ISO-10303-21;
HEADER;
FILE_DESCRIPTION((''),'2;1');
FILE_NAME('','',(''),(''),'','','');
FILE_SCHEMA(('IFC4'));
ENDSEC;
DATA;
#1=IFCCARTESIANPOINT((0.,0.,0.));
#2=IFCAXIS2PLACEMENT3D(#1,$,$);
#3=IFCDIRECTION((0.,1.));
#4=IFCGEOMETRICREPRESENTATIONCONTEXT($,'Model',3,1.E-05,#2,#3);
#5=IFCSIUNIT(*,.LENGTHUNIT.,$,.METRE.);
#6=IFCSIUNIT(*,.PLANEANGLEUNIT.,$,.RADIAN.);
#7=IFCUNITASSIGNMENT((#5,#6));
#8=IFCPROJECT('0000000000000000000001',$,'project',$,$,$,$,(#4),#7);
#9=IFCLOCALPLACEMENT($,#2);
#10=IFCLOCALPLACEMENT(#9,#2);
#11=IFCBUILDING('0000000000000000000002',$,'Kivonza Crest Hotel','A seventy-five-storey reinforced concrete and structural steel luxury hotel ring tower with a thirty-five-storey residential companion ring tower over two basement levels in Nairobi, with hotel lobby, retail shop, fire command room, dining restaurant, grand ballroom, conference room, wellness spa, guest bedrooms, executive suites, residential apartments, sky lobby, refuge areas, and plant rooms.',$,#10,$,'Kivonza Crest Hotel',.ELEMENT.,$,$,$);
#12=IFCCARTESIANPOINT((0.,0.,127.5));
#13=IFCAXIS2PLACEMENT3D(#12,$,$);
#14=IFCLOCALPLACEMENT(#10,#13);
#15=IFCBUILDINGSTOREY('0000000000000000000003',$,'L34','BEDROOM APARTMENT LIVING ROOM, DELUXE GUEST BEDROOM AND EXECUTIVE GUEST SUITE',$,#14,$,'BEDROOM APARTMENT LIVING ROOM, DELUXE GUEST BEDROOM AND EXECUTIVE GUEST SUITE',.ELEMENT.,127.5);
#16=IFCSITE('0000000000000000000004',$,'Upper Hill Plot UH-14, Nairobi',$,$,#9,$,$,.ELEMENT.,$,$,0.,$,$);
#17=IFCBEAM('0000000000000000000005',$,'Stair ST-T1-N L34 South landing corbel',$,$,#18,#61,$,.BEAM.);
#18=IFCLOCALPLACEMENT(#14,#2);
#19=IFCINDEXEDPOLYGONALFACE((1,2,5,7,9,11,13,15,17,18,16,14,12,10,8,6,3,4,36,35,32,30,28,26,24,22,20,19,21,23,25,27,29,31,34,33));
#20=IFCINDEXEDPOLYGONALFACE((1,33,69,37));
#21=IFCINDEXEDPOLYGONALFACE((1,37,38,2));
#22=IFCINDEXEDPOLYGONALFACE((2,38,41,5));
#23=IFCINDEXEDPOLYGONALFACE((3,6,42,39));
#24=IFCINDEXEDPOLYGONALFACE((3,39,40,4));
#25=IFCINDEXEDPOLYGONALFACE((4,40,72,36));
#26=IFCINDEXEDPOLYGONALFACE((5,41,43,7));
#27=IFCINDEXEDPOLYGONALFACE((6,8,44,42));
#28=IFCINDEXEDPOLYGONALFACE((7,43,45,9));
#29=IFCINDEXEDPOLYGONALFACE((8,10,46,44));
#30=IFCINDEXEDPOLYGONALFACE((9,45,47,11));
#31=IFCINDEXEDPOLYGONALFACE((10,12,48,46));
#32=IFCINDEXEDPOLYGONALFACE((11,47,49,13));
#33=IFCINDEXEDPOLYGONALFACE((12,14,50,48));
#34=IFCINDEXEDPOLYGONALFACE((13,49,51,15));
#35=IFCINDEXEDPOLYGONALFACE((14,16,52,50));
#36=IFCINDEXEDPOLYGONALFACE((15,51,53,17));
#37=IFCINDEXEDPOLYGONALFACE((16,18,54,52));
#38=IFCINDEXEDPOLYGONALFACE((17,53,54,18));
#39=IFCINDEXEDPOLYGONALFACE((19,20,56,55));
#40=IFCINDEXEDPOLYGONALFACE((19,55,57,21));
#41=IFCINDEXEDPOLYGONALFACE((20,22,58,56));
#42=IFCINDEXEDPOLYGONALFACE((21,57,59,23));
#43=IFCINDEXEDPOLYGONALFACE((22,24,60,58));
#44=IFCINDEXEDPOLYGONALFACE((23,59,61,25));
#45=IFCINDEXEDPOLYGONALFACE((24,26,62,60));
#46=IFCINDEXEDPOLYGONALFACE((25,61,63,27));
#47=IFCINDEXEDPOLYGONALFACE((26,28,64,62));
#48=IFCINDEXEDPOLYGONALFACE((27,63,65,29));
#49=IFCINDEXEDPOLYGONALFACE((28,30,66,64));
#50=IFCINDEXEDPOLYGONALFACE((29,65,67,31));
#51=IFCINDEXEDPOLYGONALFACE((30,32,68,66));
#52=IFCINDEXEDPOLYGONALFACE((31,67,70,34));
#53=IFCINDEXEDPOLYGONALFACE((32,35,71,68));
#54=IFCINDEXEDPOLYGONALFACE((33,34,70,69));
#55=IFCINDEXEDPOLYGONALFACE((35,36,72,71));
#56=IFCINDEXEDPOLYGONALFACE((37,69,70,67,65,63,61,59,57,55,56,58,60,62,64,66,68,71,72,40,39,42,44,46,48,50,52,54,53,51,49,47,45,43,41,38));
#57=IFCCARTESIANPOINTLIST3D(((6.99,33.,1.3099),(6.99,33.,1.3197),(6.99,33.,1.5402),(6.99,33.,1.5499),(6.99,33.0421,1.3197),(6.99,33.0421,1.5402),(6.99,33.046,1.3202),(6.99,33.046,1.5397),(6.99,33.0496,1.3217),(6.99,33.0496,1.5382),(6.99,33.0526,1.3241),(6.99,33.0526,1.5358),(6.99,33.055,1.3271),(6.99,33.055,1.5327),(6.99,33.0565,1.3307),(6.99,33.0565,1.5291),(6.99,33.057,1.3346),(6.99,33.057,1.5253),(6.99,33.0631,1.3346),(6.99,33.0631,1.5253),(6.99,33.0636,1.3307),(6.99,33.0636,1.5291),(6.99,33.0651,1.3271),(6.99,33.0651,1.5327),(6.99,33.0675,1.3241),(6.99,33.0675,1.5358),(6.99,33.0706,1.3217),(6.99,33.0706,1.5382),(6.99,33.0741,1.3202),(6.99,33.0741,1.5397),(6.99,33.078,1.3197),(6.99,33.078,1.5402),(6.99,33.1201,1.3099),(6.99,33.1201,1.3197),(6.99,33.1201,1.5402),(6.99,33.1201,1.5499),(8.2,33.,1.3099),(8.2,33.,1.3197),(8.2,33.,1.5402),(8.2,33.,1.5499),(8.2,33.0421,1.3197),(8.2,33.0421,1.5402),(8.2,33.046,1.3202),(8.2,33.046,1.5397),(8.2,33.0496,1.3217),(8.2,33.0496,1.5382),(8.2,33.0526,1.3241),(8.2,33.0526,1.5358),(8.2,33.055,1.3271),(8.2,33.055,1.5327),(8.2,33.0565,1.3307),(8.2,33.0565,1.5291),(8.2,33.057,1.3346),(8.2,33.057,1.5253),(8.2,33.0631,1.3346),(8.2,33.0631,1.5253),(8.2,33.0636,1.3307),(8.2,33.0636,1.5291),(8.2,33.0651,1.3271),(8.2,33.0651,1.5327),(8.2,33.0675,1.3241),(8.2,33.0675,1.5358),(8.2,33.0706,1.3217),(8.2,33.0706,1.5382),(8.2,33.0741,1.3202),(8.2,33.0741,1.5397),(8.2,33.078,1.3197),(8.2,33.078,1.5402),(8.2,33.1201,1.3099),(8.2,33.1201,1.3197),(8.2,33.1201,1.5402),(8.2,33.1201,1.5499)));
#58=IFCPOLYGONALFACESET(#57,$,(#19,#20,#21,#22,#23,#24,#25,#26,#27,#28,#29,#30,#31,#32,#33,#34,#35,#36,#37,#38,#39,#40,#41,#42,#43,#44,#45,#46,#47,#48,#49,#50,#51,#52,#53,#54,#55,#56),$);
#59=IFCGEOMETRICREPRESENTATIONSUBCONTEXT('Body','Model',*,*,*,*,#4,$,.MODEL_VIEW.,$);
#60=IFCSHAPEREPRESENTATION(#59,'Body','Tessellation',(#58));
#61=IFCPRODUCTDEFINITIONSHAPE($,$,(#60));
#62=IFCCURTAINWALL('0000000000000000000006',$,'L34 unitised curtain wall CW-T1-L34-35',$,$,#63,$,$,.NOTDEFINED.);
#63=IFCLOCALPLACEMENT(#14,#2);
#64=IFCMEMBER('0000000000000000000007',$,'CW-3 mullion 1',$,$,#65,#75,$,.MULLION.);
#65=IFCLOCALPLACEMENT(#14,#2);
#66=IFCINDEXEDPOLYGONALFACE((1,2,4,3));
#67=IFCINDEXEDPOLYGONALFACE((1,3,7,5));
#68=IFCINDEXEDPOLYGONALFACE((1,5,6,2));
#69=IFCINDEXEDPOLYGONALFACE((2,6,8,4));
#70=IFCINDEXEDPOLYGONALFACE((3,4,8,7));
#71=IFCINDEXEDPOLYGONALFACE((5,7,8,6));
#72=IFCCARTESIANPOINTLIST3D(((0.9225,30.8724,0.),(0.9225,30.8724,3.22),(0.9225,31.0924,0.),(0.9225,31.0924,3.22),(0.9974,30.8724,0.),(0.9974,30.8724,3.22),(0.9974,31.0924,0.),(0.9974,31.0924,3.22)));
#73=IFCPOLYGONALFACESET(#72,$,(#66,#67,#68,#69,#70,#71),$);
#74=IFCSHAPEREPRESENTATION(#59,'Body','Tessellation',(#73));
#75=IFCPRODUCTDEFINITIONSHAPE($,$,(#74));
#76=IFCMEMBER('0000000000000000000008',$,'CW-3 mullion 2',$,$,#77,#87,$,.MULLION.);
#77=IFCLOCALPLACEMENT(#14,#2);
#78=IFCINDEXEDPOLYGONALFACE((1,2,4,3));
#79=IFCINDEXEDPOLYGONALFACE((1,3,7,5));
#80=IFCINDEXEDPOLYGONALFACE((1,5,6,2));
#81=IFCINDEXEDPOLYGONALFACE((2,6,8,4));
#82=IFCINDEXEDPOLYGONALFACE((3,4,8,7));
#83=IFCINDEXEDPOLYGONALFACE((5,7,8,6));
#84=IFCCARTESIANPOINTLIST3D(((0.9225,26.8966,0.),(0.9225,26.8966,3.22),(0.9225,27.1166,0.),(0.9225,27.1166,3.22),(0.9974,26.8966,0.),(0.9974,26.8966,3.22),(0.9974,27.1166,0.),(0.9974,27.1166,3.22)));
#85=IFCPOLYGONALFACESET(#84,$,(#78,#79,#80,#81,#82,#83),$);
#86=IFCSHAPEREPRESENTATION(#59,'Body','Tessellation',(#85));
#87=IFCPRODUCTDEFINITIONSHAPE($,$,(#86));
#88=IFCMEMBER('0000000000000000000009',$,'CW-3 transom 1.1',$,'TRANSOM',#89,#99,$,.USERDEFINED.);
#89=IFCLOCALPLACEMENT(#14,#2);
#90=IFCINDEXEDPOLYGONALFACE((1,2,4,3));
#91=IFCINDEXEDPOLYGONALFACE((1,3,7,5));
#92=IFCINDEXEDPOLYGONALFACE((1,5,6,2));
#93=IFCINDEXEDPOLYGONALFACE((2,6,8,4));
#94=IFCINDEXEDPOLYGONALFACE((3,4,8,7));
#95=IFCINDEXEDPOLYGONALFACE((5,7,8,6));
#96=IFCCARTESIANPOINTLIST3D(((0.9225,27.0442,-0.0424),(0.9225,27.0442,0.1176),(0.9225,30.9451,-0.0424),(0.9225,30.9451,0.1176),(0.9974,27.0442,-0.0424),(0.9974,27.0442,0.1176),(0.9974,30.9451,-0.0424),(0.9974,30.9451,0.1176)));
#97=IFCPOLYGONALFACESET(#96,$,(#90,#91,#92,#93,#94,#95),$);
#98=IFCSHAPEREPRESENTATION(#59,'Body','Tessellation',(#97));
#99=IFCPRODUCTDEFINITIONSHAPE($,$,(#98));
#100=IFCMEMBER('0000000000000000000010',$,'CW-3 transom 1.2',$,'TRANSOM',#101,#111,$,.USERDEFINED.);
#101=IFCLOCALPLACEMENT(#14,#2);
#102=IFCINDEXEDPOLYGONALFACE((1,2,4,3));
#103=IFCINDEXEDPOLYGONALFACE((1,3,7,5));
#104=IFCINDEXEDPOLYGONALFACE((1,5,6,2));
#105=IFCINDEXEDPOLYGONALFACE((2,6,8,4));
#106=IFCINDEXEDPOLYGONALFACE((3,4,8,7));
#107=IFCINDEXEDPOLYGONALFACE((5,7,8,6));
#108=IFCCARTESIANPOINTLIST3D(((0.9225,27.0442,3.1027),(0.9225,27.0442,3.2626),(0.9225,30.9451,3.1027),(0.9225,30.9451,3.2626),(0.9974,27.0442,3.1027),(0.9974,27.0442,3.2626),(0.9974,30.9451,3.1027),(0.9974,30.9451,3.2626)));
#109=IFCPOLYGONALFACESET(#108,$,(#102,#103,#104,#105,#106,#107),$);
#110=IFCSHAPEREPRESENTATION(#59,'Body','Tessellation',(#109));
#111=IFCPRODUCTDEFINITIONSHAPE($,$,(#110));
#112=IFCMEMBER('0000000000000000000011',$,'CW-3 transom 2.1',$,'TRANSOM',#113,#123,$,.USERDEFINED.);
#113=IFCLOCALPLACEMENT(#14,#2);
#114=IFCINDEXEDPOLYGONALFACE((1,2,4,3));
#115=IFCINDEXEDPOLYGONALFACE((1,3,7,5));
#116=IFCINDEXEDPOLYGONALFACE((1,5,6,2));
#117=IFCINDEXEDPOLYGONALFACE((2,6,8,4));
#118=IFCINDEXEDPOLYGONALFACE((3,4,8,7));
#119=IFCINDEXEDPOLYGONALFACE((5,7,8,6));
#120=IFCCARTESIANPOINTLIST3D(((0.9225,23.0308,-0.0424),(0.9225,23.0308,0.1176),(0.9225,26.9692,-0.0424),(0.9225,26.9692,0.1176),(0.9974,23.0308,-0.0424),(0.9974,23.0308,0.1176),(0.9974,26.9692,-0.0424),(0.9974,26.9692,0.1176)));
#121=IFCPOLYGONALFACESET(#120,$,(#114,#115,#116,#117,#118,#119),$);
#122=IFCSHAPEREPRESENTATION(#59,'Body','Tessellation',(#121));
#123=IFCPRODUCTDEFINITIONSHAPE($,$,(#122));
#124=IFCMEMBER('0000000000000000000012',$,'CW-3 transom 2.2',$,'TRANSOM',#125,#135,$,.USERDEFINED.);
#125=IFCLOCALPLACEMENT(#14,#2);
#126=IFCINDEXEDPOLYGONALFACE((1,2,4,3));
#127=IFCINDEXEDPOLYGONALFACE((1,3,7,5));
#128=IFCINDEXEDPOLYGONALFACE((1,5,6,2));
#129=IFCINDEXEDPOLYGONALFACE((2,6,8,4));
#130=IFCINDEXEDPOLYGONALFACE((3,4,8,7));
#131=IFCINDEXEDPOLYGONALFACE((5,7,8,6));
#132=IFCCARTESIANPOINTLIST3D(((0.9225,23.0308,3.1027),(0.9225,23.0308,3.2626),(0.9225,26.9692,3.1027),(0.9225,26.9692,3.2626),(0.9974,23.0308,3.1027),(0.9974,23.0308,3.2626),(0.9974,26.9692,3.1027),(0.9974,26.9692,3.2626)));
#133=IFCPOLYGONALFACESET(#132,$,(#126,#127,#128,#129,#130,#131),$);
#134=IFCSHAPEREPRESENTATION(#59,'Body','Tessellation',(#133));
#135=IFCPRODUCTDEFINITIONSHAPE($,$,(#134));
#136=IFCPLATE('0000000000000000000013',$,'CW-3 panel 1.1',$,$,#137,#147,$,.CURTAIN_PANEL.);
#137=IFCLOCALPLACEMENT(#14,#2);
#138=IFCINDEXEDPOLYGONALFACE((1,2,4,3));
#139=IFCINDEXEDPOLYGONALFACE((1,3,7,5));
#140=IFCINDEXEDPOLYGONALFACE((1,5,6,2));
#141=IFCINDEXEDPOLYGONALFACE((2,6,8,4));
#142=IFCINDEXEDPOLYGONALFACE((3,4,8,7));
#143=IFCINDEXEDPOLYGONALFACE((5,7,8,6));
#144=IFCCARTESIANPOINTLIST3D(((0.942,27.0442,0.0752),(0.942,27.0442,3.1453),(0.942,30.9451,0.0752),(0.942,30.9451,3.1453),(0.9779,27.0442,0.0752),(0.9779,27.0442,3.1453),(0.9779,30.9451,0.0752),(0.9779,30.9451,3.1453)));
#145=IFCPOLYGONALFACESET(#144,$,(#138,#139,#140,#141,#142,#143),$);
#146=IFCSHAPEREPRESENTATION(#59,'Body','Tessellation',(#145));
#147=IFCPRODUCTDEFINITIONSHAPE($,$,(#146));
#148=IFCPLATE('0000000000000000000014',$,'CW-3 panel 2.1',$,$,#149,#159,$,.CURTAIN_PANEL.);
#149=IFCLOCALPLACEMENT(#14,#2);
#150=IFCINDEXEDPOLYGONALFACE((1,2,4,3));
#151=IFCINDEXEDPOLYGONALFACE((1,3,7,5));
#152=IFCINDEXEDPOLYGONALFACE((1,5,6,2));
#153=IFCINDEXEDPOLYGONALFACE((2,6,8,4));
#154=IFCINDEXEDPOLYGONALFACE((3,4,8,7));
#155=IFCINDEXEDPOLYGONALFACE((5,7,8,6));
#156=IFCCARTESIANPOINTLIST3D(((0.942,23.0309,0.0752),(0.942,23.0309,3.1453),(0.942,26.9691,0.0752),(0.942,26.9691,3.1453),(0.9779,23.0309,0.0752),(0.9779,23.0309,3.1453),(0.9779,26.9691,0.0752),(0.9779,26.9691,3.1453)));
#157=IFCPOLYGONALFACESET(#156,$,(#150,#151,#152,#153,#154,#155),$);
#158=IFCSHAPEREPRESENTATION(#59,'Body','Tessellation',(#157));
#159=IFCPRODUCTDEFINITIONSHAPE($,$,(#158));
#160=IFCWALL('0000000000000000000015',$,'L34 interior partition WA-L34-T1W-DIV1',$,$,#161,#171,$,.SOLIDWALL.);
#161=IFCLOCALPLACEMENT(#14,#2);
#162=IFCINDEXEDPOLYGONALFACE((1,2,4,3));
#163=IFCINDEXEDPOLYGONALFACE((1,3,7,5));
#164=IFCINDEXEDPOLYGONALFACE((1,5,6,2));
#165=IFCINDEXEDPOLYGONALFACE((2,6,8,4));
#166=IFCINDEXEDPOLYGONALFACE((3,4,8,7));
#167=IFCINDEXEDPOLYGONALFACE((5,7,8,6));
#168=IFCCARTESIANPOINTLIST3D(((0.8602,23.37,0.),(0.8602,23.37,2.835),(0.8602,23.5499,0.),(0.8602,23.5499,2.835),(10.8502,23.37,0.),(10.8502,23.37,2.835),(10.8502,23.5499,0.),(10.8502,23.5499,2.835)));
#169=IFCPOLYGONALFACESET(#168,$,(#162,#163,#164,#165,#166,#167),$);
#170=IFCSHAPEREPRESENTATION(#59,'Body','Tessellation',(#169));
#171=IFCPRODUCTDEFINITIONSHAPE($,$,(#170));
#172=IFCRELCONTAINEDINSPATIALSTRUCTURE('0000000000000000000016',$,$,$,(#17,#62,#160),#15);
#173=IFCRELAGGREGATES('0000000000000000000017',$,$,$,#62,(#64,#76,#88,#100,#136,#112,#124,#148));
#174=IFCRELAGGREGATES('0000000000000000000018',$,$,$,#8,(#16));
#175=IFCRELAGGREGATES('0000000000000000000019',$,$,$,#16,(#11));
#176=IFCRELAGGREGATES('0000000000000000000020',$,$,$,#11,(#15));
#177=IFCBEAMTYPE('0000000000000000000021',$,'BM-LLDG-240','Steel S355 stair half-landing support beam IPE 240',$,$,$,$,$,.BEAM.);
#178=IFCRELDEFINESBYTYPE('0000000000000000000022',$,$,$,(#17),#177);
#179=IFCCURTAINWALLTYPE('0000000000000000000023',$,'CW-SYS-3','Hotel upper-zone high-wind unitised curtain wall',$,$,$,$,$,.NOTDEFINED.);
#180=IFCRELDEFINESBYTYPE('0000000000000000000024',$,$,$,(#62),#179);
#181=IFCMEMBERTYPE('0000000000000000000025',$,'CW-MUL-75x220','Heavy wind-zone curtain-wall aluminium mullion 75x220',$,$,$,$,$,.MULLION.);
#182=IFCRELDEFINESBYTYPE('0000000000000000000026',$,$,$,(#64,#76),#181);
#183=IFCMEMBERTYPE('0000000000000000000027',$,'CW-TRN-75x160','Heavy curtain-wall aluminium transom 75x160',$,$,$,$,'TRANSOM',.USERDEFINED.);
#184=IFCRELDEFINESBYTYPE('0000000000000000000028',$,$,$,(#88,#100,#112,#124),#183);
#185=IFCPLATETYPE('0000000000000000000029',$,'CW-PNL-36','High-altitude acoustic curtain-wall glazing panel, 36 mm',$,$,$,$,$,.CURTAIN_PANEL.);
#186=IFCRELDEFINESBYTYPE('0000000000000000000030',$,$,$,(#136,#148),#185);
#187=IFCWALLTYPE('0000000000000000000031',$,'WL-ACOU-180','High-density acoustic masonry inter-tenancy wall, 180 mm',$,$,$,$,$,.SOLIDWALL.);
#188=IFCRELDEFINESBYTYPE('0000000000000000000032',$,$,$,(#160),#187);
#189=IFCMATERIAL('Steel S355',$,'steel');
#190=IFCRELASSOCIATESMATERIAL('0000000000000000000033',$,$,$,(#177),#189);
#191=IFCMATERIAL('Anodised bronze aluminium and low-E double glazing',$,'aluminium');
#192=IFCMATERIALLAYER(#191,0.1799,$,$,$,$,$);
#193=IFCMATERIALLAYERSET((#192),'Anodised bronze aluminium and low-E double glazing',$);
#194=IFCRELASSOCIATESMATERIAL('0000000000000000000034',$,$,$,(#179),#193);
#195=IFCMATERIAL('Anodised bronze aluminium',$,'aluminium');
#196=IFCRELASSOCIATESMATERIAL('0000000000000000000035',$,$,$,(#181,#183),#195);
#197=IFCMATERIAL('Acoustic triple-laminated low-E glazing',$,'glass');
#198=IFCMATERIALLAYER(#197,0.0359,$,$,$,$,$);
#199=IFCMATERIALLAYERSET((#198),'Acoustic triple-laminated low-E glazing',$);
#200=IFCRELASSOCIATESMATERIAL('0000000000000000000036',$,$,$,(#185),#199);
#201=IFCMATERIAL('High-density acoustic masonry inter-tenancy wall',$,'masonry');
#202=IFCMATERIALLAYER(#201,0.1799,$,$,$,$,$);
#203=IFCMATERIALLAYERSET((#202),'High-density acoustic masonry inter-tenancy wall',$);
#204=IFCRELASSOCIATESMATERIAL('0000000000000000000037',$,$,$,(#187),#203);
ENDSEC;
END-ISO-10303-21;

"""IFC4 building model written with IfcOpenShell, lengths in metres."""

from ifc_helpers import new_model, si_unit, direction, frame, frame_2d, origin, origin_2d, place, context, subcontext, project, spatial, rectangle, i_section, extrude, material, layer, layer_set, material_profile, profile_set, type_object, element, aggregate, save


model = new_model("IFC4")

# Units and contexts
model_context = context("Model", 3, precision=1e-05, world=origin(), true_north=direction((0.0, 1.0)))
body_context = subcontext(model_context, "Body", "Model", "MODEL_VIEW")
ifc_project = project(units=[si_unit("LENGTHUNIT", "METRE"), si_unit("PLANEANGLEUNIT", "RADIAN")], contexts=[model_context])

# Site, building, storey
site_placement = place(None, origin())
site = spatial("IfcSite", under=ifc_project, at=site_placement, Name="Upper Hill Plot UH-14, Nairobi", CompositionType="ELEMENT", RefElevation=0.0)
building_placement = place(site_placement, origin())
building = spatial("IfcBuilding", under=site, at=building_placement, Name="Kivonza Crest Hotel", Description="A seventy-five-storey reinforced concrete and structural steel luxury hotel ring tower with a thirty-five-storey residential companion ring tower over two basement levels in Nairobi, with hotel lobby, retail shop, fire command room, dining restaurant, grand ballroom, conference room, wellness spa, guest bedrooms, executive suites, residential apartments, sky lobby, refuge areas, and plant rooms.", LongName="Kivonza Crest Hotel", CompositionType="ELEMENT")
storey_placement = place(building_placement, frame((0.0, 0.0, 127.5)))
storey = spatial("IfcBuildingStorey", under=building, at=storey_placement, Name="L34", Description="BEDROOM APARTMENT LIVING ROOM, DELUXE GUEST BEDROOM AND EXECUTIVE GUEST SUITE", LongName="BEDROOM APARTMENT LIVING ROOM, DELUXE GUEST BEDROOM AND EXECUTIVE GUEST SUITE", CompositionType="ELEMENT", Elevation=127.5)

# Beam
ifc_material_1 = material(Name="Steel S355", Category="steel")
ifc_material_profile_1 = material_profile(ifc_material_1, i_section(OverallWidth=0.1201, OverallDepth=0.24, WebThickness=0.0061, FlangeThickness=0.0098, FilletRadius=0.0149, at=origin_2d()), Name="IPE 240")
ifc_profile_set_1 = profile_set([ifc_material_profile_1], Name="Steel S355")
beam_type_1 = type_object("IfcBeamType", Name="BM-LLDG-240", Description="Steel S355 stair half-landing support beam IPE 240", PredefinedType="BEAM", material=ifc_profile_set_1)
beam_1_placement = place(storey_placement, frame((6.99, 33.0601, 1.4299), z_axis=(1.0, 0.0, 0.0), x_axis=(0.0, 1.0, 0.0)))
element("IfcBeam", 1, at=beam_1_placement, inside=storey, type_object=beam_type_1, Name="Stair ST-T1-N L34 South landing corbel", PredefinedType="BEAM", context=body_context, shape_type="SweptSolid", body=[
    extrude(i_section(OverallWidth=0.1201, OverallDepth=0.24, WebThickness=0.0061, FlangeThickness=0.0098, FilletRadius=0.0149, at=origin_2d()), origin(), (0.0, 0.0, 1.0), 1.21),
])

# Curtain wall, members, plates
ifc_material_2 = material(Name="Anodised bronze aluminium and low-E double glazing", Category="aluminium")
ifc_layer_1 = layer(ifc_material_2, 0.1799)
ifc_layer_set_1 = layer_set([ifc_layer_1], Name="Anodised bronze aluminium and low-E double glazing")
curtain_wall_type = type_object("IfcCurtainWallType", Name="CW-SYS-3", Description="Hotel upper-zone high-wind unitised curtain wall", PredefinedType="NOTDEFINED", material=ifc_layer_set_1)
curtain_wall_placement = place(storey_placement, origin())
curtain_wall = element("IfcCurtainWall", 2, at=curtain_wall_placement, inside=storey, type_object=curtain_wall_type, Name="L34 unitised curtain wall CW-T1-L34-35", PredefinedType="NOTDEFINED")
ifc_material_3 = material(Name="Anodised bronze aluminium", Category="aluminium")
ifc_material_profile_2 = material_profile(ifc_material_3, rectangle(XDim=0.075, YDim=0.22, at=origin_2d()), Name="CW-M 75x220")
ifc_profile_set_2 = profile_set([ifc_material_profile_2], Name="Anodised bronze aluminium")
member_type_1 = type_object("IfcMemberType", Name="CW-MUL-75x220", Description="Heavy wind-zone curtain-wall aluminium mullion 75x220", PredefinedType="MULLION", material=ifc_profile_set_2)
member_1_placement = place(storey_placement, frame((0.96, 30.9824, 0.0), z_axis=(0.0, 0.0, 1.0), x_axis=(1.0, 0.0, 0.0)))
member_1 = element("IfcMember", 3, at=member_1_placement, type_object=member_type_1, Name="CW-3 mullion 1", PredefinedType="MULLION", context=body_context, shape_type="SweptSolid", body=[
    extrude(rectangle(XDim=0.075, YDim=0.22, at=origin_2d()), origin(), (0.0, 0.0, 1.0), 3.22),
])
member_2_placement = place(storey_placement, frame((0.96, 27.0066, 0.0), z_axis=(0.0, 0.0, 1.0), x_axis=(1.0, 0.0, 0.0)))
member_2 = element("IfcMember", 4, at=member_2_placement, type_object=member_type_1, Name="CW-3 mullion 2", PredefinedType="MULLION", context=body_context, shape_type="SweptSolid", body=[
    extrude(rectangle(XDim=0.075, YDim=0.22, at=origin_2d()), origin(), (0.0, 0.0, 1.0), 3.22),
])
ifc_material_profile_3 = material_profile(ifc_material_3, rectangle(XDim=0.075, YDim=0.1599, at=origin_2d()), Name="CW-T 75x160")
ifc_profile_set_3 = profile_set([ifc_material_profile_3], Name="Anodised bronze aluminium")
member_type_2 = type_object("IfcMemberType", Name="CW-TRN-75x160", Description="Heavy curtain-wall aluminium transom 75x160", ElementType="TRANSOM", PredefinedType="USERDEFINED", material=ifc_profile_set_3)
member_3_placement = place(storey_placement, frame((0.96, 30.9451, 0.0376), z_axis=(0.0, -1.0, 0.0), x_axis=(1.0, 0.0, 0.0)))
member_3 = element("IfcMember", 5, at=member_3_placement, type_object=member_type_2, Name="CW-3 transom 1.1", ObjectType="TRANSOM", PredefinedType="USERDEFINED", context=body_context, shape_type="SweptSolid", body=[
    extrude(rectangle(XDim=0.075, YDim=0.1599, at=origin_2d()), origin(), (0.0, 0.0, 1.0), 3.9009),
])
member_4_placement = place(storey_placement, frame((0.96, 30.9451, 3.1826), z_axis=(0.0, -1.0, 0.0), x_axis=(1.0, 0.0, 0.0)))
member_4 = element("IfcMember", 6, at=member_4_placement, type_object=member_type_2, Name="CW-3 transom 1.2", ObjectType="TRANSOM", PredefinedType="USERDEFINED", context=body_context, shape_type="SweptSolid", body=[
    extrude(rectangle(XDim=0.075, YDim=0.1599, at=origin_2d()), origin(), (0.0, 0.0, 1.0), 3.9009),
])
member_5_placement = place(storey_placement, frame((0.96, 26.9692, 0.0376), z_axis=(0.0, -1.0, 0.0), x_axis=(1.0, 0.0, 0.0)))
member_5 = element("IfcMember", 7, at=member_5_placement, type_object=member_type_2, Name="CW-3 transom 2.1", ObjectType="TRANSOM", PredefinedType="USERDEFINED", context=body_context, shape_type="SweptSolid", body=[
    extrude(rectangle(XDim=0.075, YDim=0.1599, at=origin_2d()), origin(), (0.0, 0.0, 1.0), 3.9385),
])
member_6_placement = place(storey_placement, frame((0.96, 26.9692, 3.1826), z_axis=(0.0, -1.0, 0.0), x_axis=(1.0, 0.0, 0.0)))
member_6 = element("IfcMember", 8, at=member_6_placement, type_object=member_type_2, Name="CW-3 transom 2.2", ObjectType="TRANSOM", PredefinedType="USERDEFINED", context=body_context, shape_type="SweptSolid", body=[
    extrude(rectangle(XDim=0.075, YDim=0.1599, at=origin_2d()), origin(), (0.0, 0.0, 1.0), 3.9385),
])
ifc_material_4 = material(Name="Acoustic triple-laminated low-E glazing", Category="glass")
ifc_layer_2 = layer(ifc_material_4, 0.0359)
ifc_layer_set_2 = layer_set([ifc_layer_2], Name="Acoustic triple-laminated low-E glazing")
plate_type = type_object("IfcPlateType", Name="CW-PNL-36", Description="High-altitude acoustic curtain-wall glazing panel, 36 mm", PredefinedType="CURTAIN_PANEL", material=ifc_layer_set_2)
plate_1_placement = place(storey_placement, frame((0.96, 28.9946, 0.0752), z_axis=(0.0, 0.0, 1.0), x_axis=(0.0, -1.0, 0.0)))
plate_1 = element("IfcPlate", 9, at=plate_1_placement, type_object=plate_type, Name="CW-3 panel 1.1", PredefinedType="CURTAIN_PANEL", context=body_context, shape_type="SweptSolid", body=[
    extrude(rectangle(XDim=3.9009, YDim=0.0359, at=origin_2d()), origin(), (0.0, 0.0, 1.0), 3.0701),
])
plate_2_placement = place(storey_placement, frame((0.96, 25.0, 0.0752), z_axis=(0.0, 0.0, 1.0), x_axis=(0.0, -1.0, 0.0)))
plate_2 = element("IfcPlate", 10, at=plate_2_placement, type_object=plate_type, Name="CW-3 panel 2.1", PredefinedType="CURTAIN_PANEL", context=body_context, shape_type="SweptSolid", body=[
    extrude(rectangle(XDim=3.9382, YDim=0.0359, at=origin_2d()), origin(), (0.0, 0.0, 1.0), 3.0701),
])
aggregate(curtain_wall, [member_1, member_2, member_3, member_4, plate_1, member_5, member_6, plate_2])

# Wall
ifc_material_5 = material(Name="High-density acoustic masonry inter-tenancy wall", Category="masonry")
ifc_layer_3 = layer(ifc_material_5, 0.1799)
ifc_layer_set_3 = layer_set([ifc_layer_3], Name="High-density acoustic masonry inter-tenancy wall")
wall_type_1 = type_object("IfcWallType", Name="WL-ACOU-180", Description="High-density acoustic masonry inter-tenancy wall, 180 mm", PredefinedType="SOLIDWALL", material=ifc_layer_set_3)
wall_1_placement = place(storey_placement, frame((0.8601, 23.46, 0.0), z_axis=(0.0, 0.0, 1.0), x_axis=(1.0, 0.0, 0.0)))
element("IfcWall", 11, at=wall_1_placement, inside=storey, type_object=wall_type_1, Name="L34 interior partition WA-L34-T1W-DIV1", PredefinedType="SOLIDWALL", context=body_context, shape_type="SweptSolid", body=[
    extrude(rectangle(XDim=9.99, YDim=0.1799, at=frame_2d((4.9951, 0.0))), origin(), (0.0, 0.0, 1.0), 2.835),
])

save(model, "model.ifc")
